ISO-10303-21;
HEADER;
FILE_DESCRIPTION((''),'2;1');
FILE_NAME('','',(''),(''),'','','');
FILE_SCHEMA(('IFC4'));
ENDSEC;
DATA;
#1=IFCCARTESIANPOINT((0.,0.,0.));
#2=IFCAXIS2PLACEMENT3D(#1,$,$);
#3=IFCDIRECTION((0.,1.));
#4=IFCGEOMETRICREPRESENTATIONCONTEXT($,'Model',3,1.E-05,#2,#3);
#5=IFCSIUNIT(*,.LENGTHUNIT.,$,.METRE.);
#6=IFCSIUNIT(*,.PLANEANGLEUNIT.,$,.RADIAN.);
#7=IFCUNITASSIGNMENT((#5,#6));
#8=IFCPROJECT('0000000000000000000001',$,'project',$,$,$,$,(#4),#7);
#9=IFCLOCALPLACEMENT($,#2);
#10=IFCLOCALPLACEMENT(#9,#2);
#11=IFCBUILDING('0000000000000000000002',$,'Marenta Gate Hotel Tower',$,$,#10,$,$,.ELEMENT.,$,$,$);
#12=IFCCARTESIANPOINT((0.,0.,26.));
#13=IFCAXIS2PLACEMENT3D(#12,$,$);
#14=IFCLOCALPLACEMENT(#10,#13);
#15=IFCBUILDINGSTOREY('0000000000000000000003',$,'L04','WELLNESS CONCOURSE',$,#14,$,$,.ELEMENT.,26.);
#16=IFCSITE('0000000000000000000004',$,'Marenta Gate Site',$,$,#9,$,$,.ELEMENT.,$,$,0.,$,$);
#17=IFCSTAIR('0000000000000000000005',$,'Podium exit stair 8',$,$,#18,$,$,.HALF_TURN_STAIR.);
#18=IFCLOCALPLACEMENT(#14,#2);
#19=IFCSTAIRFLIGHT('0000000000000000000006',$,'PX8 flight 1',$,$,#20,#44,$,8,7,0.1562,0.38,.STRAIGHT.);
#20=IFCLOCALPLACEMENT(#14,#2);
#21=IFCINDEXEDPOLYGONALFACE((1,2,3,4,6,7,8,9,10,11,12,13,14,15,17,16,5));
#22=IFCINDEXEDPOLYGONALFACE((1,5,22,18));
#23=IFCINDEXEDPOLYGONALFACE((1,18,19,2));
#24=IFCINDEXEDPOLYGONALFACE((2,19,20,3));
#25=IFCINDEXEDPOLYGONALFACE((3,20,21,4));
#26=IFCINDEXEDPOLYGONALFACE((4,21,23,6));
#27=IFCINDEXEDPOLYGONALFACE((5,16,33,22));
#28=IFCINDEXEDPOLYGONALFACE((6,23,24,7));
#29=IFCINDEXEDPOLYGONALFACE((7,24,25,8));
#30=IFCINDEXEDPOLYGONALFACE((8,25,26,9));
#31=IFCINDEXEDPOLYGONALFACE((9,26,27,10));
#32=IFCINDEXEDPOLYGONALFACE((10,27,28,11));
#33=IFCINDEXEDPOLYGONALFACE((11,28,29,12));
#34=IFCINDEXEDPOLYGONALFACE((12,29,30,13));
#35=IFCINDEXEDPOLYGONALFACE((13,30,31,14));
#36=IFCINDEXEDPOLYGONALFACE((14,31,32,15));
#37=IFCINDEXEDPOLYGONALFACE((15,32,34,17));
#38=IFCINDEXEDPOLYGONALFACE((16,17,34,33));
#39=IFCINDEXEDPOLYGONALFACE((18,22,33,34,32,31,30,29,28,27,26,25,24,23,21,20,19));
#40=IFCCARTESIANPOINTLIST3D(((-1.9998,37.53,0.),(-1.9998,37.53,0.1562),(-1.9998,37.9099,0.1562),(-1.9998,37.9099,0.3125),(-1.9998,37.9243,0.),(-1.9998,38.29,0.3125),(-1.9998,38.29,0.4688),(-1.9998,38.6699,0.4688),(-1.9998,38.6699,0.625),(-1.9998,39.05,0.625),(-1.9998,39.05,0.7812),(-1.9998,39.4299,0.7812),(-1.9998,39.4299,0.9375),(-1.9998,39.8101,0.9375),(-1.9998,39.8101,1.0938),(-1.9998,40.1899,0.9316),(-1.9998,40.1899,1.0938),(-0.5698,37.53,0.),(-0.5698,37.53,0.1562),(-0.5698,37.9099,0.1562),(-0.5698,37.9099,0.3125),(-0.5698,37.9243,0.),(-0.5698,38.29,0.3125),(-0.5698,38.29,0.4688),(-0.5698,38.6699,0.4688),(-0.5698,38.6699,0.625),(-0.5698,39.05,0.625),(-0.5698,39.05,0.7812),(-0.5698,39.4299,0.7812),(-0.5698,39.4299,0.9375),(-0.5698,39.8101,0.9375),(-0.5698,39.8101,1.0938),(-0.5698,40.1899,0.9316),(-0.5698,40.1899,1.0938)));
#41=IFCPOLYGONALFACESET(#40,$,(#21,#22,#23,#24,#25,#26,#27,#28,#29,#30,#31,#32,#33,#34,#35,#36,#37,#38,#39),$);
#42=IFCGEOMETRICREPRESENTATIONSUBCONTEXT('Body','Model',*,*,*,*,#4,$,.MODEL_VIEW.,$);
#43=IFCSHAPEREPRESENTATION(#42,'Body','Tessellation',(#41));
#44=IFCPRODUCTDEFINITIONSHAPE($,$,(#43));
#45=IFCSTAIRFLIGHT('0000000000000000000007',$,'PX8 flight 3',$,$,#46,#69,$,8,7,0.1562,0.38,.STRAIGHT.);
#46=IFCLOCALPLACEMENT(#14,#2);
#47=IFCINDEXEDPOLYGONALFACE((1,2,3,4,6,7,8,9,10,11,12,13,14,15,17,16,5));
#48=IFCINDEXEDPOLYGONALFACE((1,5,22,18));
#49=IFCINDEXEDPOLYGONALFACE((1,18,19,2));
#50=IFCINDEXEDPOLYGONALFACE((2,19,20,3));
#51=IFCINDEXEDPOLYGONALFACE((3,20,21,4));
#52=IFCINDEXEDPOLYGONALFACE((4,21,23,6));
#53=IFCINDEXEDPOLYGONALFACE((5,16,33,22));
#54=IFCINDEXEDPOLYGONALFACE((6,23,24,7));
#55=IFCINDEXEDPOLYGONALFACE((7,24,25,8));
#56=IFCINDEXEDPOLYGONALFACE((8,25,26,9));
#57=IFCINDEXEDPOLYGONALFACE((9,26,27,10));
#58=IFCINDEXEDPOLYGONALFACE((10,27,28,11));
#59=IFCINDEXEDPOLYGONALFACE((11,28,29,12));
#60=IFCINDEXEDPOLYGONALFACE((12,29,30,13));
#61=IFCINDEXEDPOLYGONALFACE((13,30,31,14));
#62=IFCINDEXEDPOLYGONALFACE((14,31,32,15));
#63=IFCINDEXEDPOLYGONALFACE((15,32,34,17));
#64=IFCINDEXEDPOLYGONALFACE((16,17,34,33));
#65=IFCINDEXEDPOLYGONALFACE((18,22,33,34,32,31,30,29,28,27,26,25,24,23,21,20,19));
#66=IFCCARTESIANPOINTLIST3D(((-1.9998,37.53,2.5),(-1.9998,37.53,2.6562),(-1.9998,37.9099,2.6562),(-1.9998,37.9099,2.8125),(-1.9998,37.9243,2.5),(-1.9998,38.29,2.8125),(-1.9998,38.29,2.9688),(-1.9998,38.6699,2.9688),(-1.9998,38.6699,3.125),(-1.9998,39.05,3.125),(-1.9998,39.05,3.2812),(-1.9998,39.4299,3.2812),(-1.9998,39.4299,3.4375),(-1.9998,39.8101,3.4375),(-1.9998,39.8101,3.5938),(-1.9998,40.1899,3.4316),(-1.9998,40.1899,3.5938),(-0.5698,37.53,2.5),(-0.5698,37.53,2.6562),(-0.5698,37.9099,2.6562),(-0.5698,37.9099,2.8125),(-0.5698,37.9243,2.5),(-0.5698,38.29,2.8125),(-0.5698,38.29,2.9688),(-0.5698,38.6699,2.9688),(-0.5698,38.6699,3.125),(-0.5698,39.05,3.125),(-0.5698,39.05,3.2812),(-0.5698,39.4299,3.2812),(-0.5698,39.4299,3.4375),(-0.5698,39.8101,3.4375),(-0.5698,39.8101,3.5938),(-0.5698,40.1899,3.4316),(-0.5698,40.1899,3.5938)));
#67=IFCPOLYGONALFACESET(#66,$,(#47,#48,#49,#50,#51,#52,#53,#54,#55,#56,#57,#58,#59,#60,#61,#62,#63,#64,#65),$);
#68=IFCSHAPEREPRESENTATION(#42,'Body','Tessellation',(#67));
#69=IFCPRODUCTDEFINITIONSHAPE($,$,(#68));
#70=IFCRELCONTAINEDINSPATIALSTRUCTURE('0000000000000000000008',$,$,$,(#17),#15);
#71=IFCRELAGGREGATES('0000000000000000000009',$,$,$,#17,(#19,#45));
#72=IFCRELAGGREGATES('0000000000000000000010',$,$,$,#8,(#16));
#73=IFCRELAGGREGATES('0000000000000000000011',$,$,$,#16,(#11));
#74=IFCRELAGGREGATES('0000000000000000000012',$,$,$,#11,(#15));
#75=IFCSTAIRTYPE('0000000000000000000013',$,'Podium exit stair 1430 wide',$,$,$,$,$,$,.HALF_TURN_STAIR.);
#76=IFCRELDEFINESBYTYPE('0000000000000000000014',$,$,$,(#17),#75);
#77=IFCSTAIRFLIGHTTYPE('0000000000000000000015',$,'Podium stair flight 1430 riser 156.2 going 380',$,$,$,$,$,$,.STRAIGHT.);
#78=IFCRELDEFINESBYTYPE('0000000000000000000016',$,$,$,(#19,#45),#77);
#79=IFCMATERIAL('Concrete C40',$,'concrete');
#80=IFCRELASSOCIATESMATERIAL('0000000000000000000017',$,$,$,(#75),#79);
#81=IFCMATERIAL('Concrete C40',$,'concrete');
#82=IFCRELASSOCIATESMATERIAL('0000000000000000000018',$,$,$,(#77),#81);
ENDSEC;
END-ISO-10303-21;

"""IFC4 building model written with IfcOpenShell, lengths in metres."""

from ifc_helpers import new_model, si_unit, direction, frame, origin, place, context, subcontext, project, spatial, polyline, outline, extrude, material, type_object, element, aggregate, save


model = new_model("IFC4")

# Units and contexts
model_context = context("Model", 3, precision=1e-05, world=origin(), true_north=direction((0.0, 1.0)))
body_context = subcontext(model_context, "Body", "Model", "MODEL_VIEW")
ifc_project = project(units=[si_unit("LENGTHUNIT", "METRE"), si_unit("PLANEANGLEUNIT", "RADIAN")], contexts=[model_context])

# Site, building, storey
site_placement = place(None, origin())
site = spatial("IfcSite", under=ifc_project, at=site_placement, Name="Marenta Gate Site", CompositionType="ELEMENT", RefElevation=0.0)
building_placement = place(site_placement, origin())
building = spatial("IfcBuilding", under=site, at=building_placement, Name="Marenta Gate Hotel Tower", CompositionType="ELEMENT")
storey_placement = place(building_placement, frame((0.0, 0.0, 26.0)))
storey = spatial("IfcBuildingStorey", under=building, at=storey_placement, Name="L04", Description="WELLNESS CONCOURSE", CompositionType="ELEMENT", Elevation=26.0)

# Stair, stair flights
ifc_material_1 = material(Name="Concrete C40", Category="concrete")
stair_type = type_object("IfcStairType", Name="Podium exit stair 1430 wide", PredefinedType="HALF_TURN_STAIR", material=ifc_material_1)
stair_placement = place(storey_placement, origin())
stair = element("IfcStair", 1, at=stair_placement, inside=storey, type_object=stair_type, Name="Podium exit stair 8", PredefinedType="HALF_TURN_STAIR")
ifc_material_2 = material(Name="Concrete C40", Category="concrete")
stair_flight_type = type_object("IfcStairFlightType", Name="Podium stair flight 1430 riser 156.2 going 380", PredefinedType="STRAIGHT", material=ifc_material_2)
stair_flight_1_placement = place(storey_placement, frame((-1.2849, 37.53, 0.0), z_axis=(0.0, 0.0, 1.0), x_axis=(0.0, 1.0, 0.0)))
stair_flight_1 = element("IfcStairFlight", 2, at=stair_flight_1_placement, type_object=stair_flight_type, Name="PX8 flight 1", NumberOfRisers=8, NumberOfTreads=7, PredefinedType="STRAIGHT", RiserHeight=0.1562, TreadLength=0.38, context=body_context, shape_type="SweptSolid", body=[
    extrude(outline(polyline([(0.0, 0.0), (0.0, 0.1562), (0.3799, 0.1562), (0.3799, 0.3125), (0.76, 0.3125), (0.76, 0.4688), (1.1399, 0.4688), (1.1399, 0.625), (1.52, 0.625), (1.52, 0.7812), (1.8999, 0.7812), (1.8999, 0.9375), (2.28, 0.9375), (2.28, 1.0938), (2.6599, 1.0938), (2.6599, 1.25), (2.6599, 0.9316), (0.3943, 0.0), (0.0, 0.0)])), frame((0.0, 0.7148, 0.0), z_axis=(0.0, -1.0, 0.0), x_axis=(1.0, 0.0, 0.0)), (0.0, 0.0, 1.0), 1.4299),
])
stair_flight_2_placement = place(storey_placement, frame((-1.2849, 37.53, 2.5), z_axis=(0.0, 0.0, 1.0), x_axis=(0.0, 1.0, 0.0)))
stair_flight_2 = element("IfcStairFlight", 3, at=stair_flight_2_placement, type_object=stair_flight_type, Name="PX8 flight 3", NumberOfRisers=8, NumberOfTreads=7, PredefinedType="STRAIGHT", RiserHeight=0.1562, TreadLength=0.38, context=body_context, shape_type="SweptSolid", body=[
    extrude(outline(polyline([(0.0, 0.0), (0.0, 0.1562), (0.3799, 0.1562), (0.3799, 0.3125), (0.76, 0.3125), (0.76, 0.4688), (1.1399, 0.4688), (1.1399, 0.625), (1.52, 0.625), (1.52, 0.7812), (1.8999, 0.7812), (1.8999, 0.9375), (2.28, 0.9375), (2.28, 1.0938), (2.6599, 1.0938), (2.6599, 1.25), (2.6599, 0.9316), (0.3943, 0.0), (0.0, 0.0)])), frame((0.0, 0.7148, 0.0), z_axis=(0.0, -1.0, 0.0), x_axis=(1.0, 0.0, 0.0)), (0.0, 0.0, 1.0), 1.4299),
])
aggregate(stair, [stair_flight_1, stair_flight_2])

save(model, "model.ifc")
